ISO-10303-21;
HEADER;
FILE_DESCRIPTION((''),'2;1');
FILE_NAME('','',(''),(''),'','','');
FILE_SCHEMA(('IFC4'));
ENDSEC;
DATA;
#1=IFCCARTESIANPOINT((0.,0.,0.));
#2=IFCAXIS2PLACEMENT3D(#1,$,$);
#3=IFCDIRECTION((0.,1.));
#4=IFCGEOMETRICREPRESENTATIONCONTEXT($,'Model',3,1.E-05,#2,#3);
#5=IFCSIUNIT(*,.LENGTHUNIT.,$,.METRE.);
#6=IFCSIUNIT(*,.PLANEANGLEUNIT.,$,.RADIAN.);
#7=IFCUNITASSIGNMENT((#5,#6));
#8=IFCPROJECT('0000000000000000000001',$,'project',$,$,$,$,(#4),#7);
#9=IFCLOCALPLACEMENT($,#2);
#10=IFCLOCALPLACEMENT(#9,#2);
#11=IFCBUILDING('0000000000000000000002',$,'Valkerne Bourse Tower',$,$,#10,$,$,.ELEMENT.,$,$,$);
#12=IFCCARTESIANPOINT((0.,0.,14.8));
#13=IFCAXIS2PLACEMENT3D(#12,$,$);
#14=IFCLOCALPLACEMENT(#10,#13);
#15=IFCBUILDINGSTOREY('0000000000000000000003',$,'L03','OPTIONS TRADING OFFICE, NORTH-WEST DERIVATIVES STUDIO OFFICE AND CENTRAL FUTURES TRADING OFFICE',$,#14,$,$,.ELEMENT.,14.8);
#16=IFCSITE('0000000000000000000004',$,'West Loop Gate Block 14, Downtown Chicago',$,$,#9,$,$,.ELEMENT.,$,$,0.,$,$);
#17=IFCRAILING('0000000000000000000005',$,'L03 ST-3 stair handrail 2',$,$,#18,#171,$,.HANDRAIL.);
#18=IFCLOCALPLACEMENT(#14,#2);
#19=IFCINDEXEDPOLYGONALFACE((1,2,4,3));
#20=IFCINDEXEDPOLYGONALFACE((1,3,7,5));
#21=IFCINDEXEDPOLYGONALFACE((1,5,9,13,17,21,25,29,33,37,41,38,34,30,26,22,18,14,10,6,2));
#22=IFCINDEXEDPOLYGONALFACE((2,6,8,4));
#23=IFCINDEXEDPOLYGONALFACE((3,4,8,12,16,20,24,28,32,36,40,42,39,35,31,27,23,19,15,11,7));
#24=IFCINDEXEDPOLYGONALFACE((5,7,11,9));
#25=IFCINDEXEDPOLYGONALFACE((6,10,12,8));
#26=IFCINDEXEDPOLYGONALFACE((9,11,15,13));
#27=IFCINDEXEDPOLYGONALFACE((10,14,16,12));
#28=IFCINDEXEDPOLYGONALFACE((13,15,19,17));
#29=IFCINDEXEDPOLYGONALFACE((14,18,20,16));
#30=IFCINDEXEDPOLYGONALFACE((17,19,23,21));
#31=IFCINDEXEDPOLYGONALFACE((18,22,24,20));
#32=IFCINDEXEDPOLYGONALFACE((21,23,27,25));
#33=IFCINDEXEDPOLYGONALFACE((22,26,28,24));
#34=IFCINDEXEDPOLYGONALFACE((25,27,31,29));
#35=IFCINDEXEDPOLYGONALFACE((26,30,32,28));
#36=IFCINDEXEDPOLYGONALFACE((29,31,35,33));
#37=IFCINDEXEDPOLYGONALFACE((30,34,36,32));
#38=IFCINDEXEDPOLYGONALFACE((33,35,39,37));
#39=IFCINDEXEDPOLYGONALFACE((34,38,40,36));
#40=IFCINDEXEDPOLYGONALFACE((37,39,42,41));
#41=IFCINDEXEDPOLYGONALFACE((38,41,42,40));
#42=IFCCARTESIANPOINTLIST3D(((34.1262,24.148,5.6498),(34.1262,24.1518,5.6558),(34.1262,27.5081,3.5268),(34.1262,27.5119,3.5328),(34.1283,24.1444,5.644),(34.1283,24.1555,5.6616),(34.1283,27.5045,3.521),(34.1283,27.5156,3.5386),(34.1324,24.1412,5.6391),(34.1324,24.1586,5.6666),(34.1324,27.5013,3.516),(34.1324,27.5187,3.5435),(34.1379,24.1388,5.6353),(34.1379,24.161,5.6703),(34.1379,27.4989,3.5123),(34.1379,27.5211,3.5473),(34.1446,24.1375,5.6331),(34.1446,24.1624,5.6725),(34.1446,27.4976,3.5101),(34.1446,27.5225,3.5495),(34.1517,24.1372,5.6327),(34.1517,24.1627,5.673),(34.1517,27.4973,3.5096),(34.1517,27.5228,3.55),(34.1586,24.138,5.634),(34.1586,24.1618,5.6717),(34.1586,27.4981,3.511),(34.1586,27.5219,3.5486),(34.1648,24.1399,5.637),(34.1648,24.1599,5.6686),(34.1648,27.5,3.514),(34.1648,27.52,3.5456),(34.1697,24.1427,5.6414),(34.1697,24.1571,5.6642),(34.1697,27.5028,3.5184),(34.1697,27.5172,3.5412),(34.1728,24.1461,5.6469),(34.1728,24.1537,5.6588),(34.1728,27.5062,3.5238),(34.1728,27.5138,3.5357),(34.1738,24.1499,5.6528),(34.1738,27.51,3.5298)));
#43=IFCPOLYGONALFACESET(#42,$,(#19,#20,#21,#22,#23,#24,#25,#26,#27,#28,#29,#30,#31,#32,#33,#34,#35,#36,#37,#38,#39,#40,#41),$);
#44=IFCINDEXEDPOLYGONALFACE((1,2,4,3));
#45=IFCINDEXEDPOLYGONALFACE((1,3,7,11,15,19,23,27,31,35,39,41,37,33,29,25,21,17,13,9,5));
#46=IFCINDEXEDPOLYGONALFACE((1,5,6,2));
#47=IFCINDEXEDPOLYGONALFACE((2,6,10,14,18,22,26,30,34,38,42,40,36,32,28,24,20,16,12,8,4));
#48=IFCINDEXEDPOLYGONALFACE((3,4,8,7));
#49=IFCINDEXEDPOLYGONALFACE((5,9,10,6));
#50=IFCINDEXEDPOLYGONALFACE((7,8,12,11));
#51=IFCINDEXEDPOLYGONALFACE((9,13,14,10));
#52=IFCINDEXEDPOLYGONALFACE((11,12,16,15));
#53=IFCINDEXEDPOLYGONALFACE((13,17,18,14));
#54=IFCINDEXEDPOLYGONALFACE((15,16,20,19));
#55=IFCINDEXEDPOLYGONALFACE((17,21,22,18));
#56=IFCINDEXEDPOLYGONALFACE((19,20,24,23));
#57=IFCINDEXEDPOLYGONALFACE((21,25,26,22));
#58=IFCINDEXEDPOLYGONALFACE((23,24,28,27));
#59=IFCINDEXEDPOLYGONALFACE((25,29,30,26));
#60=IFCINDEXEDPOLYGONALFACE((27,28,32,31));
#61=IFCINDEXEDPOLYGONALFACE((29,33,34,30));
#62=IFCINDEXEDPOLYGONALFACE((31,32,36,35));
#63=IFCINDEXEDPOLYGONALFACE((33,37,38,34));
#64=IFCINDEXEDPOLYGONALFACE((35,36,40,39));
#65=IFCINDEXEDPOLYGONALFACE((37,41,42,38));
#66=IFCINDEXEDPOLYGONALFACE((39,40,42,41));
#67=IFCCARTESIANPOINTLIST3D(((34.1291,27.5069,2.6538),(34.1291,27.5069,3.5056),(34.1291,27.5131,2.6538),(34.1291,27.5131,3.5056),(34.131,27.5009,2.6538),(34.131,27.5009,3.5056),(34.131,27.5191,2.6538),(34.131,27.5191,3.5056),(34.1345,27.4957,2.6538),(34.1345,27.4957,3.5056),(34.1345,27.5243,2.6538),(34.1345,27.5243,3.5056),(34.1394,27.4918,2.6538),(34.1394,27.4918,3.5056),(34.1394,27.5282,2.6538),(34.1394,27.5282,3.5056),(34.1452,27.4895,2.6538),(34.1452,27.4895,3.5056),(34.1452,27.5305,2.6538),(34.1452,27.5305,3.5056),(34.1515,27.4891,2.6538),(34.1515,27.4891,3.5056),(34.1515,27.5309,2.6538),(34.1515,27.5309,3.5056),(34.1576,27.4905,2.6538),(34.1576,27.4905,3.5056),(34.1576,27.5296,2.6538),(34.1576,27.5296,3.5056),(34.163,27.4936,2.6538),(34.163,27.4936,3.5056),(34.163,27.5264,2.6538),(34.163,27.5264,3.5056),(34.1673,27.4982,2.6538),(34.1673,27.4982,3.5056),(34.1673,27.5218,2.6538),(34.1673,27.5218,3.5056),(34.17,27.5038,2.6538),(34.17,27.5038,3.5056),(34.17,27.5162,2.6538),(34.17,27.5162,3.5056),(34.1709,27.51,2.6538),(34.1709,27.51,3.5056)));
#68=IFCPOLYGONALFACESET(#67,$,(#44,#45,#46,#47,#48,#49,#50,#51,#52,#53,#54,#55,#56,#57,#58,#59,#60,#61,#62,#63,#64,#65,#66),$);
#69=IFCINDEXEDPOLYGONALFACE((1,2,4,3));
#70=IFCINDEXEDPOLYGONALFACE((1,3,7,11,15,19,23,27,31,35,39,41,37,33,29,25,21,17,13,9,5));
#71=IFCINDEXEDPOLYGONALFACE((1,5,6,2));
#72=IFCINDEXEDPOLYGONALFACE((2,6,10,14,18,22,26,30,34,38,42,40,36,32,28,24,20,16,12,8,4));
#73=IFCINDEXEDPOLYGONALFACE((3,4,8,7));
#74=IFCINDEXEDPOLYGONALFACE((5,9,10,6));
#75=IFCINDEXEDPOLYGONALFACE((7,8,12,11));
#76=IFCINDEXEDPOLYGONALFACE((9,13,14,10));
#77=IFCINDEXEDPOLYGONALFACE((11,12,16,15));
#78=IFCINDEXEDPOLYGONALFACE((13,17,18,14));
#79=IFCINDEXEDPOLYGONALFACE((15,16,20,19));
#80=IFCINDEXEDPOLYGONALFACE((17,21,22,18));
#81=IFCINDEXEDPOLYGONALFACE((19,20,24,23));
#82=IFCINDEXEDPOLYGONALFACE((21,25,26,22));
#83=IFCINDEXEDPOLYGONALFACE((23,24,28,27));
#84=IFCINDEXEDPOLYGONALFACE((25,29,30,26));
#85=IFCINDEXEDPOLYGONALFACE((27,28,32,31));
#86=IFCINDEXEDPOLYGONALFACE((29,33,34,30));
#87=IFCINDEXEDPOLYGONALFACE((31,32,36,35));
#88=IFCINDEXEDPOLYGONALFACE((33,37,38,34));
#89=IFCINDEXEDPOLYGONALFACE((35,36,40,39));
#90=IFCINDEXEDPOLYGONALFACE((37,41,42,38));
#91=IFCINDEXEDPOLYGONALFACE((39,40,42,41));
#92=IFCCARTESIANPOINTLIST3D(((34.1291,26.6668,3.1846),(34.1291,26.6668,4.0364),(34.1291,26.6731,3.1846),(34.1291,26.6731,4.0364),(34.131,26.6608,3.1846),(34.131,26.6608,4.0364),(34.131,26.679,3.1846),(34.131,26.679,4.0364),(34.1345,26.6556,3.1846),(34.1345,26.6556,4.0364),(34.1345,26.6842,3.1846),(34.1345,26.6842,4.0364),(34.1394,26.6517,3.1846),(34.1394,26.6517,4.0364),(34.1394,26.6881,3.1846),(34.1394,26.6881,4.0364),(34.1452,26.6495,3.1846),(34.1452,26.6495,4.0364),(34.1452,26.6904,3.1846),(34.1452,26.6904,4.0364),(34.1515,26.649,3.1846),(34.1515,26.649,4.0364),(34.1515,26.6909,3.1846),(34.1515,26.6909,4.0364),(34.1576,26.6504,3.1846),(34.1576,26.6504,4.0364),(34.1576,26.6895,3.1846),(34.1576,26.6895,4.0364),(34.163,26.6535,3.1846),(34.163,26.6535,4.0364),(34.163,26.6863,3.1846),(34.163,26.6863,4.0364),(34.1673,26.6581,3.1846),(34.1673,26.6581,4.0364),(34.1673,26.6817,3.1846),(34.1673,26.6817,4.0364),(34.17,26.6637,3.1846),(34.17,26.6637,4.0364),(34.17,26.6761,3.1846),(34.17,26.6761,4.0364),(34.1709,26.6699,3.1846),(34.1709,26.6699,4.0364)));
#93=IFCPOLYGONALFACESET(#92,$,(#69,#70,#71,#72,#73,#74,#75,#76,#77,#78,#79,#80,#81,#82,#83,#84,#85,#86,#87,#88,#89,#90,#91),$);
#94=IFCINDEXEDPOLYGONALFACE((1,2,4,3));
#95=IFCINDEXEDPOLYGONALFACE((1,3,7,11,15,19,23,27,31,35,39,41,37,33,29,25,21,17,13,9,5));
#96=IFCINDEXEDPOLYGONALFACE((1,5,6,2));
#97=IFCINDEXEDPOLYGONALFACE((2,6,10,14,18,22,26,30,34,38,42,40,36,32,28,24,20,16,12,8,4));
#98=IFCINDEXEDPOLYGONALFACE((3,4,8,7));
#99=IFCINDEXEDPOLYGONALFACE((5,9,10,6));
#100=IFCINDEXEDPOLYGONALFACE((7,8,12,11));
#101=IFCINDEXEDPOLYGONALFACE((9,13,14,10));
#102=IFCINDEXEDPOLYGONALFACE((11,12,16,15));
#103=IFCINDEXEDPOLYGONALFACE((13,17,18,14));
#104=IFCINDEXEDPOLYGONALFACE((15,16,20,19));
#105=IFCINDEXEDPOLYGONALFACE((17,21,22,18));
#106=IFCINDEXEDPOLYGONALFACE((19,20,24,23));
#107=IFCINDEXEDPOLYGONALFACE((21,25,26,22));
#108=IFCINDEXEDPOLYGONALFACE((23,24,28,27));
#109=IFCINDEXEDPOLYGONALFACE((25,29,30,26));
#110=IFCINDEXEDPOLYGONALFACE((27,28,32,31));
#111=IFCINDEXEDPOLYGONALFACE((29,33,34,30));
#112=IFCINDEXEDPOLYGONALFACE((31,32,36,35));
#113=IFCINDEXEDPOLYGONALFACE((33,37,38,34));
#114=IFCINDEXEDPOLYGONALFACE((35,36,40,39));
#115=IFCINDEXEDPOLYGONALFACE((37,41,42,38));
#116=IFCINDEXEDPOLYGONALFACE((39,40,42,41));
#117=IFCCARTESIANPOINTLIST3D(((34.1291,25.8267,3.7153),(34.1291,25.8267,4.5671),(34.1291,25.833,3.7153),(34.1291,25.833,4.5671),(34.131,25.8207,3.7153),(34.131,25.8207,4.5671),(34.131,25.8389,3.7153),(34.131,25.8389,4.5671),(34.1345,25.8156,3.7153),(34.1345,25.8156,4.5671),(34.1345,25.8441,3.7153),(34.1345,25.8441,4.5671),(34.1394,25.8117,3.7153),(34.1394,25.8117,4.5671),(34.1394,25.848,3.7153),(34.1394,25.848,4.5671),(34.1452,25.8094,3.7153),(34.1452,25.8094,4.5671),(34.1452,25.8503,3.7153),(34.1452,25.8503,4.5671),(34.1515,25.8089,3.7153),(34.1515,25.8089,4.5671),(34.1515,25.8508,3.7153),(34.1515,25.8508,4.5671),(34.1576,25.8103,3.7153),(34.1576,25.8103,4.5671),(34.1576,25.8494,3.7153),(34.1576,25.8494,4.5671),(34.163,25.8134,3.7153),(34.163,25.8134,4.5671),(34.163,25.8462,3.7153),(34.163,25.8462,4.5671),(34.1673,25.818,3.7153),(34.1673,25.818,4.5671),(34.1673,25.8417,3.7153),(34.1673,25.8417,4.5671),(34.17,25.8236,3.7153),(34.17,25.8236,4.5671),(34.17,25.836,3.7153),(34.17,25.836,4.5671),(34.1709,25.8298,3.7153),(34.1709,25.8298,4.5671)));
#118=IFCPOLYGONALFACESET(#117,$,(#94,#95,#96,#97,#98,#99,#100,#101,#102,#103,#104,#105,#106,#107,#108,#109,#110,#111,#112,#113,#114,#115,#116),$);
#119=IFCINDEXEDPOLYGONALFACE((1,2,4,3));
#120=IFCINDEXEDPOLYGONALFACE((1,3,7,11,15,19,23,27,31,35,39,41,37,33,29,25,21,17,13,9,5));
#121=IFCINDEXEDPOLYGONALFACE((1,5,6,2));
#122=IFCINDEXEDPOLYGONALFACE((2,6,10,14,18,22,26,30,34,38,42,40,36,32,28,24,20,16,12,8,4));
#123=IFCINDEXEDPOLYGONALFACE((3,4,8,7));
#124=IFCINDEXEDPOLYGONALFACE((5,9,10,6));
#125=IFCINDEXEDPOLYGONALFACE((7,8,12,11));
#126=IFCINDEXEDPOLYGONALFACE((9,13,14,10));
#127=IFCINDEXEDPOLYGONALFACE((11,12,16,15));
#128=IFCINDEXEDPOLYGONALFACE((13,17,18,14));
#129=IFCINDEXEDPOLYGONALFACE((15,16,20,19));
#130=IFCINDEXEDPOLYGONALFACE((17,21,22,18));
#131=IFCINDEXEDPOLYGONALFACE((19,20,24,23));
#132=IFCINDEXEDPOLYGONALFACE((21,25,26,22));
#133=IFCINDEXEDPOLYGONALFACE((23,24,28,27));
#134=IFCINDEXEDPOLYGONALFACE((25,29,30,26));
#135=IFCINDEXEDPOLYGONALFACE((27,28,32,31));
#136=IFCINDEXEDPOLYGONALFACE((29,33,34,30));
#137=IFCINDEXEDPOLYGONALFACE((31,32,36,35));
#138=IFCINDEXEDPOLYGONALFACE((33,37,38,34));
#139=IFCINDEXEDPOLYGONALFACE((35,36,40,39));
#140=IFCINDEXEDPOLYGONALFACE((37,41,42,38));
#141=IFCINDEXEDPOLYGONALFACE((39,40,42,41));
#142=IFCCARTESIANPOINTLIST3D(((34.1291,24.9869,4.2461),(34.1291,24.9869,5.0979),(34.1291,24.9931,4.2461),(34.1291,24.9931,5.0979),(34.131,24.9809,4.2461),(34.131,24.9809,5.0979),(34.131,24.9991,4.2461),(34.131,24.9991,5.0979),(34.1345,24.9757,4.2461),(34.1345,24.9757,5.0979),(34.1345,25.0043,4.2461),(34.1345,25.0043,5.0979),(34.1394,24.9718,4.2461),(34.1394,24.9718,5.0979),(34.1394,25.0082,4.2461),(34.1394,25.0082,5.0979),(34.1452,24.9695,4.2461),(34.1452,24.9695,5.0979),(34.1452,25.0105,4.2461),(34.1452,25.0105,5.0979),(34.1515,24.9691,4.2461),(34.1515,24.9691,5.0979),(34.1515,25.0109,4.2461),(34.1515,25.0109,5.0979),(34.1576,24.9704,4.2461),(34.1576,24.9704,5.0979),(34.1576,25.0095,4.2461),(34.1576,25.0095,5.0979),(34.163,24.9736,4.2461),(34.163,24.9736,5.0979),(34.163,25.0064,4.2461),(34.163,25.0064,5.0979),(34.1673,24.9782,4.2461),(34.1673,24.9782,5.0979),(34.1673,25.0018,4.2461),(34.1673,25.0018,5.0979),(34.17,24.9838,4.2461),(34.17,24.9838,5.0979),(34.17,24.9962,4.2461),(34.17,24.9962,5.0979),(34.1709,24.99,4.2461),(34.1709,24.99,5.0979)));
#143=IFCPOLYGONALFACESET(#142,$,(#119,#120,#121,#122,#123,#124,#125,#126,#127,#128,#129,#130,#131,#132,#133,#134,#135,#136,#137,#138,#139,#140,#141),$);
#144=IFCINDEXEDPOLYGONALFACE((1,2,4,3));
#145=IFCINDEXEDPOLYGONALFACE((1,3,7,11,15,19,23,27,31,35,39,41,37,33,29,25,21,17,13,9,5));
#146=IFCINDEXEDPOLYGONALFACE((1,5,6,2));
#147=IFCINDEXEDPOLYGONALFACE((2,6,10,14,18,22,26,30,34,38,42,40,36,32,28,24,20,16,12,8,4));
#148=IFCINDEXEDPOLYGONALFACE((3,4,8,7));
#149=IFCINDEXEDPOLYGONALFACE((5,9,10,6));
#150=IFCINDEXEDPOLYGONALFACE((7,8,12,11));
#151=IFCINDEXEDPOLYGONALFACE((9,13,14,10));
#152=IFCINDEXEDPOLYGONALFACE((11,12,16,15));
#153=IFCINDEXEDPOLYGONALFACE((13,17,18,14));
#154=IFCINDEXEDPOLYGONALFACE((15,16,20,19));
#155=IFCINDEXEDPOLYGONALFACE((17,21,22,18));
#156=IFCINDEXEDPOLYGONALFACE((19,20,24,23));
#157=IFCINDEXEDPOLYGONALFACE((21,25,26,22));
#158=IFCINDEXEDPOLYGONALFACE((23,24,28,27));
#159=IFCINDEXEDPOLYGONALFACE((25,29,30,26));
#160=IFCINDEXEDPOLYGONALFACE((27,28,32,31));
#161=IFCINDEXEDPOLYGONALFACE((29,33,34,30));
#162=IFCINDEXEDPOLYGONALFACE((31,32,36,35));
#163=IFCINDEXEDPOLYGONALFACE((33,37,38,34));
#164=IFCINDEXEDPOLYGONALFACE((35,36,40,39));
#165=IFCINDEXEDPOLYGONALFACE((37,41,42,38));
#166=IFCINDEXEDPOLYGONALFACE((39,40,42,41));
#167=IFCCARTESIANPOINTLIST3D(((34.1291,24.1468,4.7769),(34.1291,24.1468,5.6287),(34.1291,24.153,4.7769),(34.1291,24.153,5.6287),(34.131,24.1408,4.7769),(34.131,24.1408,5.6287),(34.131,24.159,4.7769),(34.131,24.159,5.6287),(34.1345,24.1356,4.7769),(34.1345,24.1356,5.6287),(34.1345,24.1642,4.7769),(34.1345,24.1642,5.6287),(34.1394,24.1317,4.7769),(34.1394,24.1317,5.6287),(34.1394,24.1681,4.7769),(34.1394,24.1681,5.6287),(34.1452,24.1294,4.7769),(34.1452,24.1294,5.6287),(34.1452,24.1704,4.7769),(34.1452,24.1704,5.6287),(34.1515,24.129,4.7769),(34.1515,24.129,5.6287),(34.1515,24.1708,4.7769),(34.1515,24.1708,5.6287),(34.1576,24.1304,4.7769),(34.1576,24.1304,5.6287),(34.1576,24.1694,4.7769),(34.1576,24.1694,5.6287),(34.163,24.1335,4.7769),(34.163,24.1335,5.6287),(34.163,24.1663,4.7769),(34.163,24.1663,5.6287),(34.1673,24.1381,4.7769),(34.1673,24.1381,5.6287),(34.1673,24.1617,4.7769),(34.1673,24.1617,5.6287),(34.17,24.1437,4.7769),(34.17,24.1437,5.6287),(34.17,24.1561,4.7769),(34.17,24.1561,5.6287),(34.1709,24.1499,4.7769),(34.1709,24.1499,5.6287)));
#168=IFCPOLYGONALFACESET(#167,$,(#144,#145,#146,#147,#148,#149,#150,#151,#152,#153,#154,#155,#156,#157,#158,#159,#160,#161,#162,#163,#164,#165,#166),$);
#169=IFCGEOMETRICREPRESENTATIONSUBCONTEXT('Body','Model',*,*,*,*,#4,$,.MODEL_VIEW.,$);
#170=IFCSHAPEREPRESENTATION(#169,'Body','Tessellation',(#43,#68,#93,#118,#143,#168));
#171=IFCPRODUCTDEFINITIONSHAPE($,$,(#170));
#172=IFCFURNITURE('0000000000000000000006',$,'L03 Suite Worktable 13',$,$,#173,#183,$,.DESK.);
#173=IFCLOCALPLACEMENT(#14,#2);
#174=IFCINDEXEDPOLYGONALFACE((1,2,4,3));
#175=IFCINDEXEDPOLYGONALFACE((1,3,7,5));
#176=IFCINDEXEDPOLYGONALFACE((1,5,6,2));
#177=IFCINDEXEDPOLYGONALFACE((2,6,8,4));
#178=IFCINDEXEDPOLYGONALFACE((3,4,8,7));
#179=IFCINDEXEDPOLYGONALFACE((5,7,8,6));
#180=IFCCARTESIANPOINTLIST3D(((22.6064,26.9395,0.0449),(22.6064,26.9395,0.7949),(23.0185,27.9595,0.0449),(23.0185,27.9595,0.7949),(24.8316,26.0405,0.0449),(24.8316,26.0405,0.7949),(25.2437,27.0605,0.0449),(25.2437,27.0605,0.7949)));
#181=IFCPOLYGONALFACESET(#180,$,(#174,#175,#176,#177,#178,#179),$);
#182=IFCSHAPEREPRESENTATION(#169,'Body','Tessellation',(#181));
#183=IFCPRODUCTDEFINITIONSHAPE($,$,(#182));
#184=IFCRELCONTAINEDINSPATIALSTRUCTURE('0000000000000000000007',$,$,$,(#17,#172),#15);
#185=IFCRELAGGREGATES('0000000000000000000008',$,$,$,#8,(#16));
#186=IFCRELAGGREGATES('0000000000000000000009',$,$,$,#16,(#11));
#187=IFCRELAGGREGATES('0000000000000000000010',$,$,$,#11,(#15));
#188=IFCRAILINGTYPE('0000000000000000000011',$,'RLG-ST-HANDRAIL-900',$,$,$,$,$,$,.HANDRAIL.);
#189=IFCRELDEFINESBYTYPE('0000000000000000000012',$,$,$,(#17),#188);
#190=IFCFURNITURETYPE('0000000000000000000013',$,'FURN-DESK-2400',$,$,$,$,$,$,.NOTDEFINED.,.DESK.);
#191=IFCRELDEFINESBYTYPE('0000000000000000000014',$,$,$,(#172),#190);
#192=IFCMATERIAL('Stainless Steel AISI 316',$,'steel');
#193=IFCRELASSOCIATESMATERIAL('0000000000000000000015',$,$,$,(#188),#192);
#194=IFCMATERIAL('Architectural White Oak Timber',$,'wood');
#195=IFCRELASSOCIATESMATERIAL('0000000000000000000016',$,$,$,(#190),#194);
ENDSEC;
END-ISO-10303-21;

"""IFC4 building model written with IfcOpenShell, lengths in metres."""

from ifc_helpers import new_model, si_unit, direction, frame, origin, origin_2d, place, context, subcontext, project, spatial, rectangle, circle, extrude, material, type_object, element, save


model = new_model("IFC4")

# Units and contexts
model_context = context("Model", 3, precision=1e-05, world=origin(), true_north=direction((0.0, 1.0)))
body_context = subcontext(model_context, "Body", "Model", "MODEL_VIEW")
ifc_project = project(units=[si_unit("LENGTHUNIT", "METRE"), si_unit("PLANEANGLEUNIT", "RADIAN")], contexts=[model_context])

# Site, building, storey
site_placement = place(None, origin())
site = spatial("IfcSite", under=ifc_project, at=site_placement, Name="West Loop Gate Block 14, Downtown Chicago", CompositionType="ELEMENT", RefElevation=0.0)
building_placement = place(site_placement, origin())
building = spatial("IfcBuilding", under=site, at=building_placement, Name="Valkerne Bourse Tower", CompositionType="ELEMENT")
storey_placement = place(building_placement, frame((0.0, 0.0, 14.8)))
storey = spatial("IfcBuildingStorey", under=building, at=storey_placement, Name="L03", Description="OPTIONS TRADING OFFICE, NORTH-WEST DERIVATIVES STUDIO OFFICE AND CENTRAL FUTURES TRADING OFFICE", CompositionType="ELEMENT", Elevation=14.8)

# Shared definitions
ifc_material_1 = material(Name="Architectural White Oak Timber", Category="wood")

# Railing
ifc_material_2 = material(Name="Stainless Steel AISI 316", Category="steel")
railing_type_1 = type_object("IfcRailingType", Name="RLG-ST-HANDRAIL-900", PredefinedType="HANDRAIL", material=ifc_material_2)
railing_1_placement = place(storey_placement, frame((34.1499, 27.51, 2.6538)))
element("IfcRailing", 1, at=railing_1_placement, inside=storey, type_object=railing_type_1, Name="L03 ST-3 stair handrail 2", PredefinedType="HANDRAIL", context=body_context, shape_type="SweptSolid", body=[
    extrude(circle(Radius=0.0239, at=origin_2d()), frame((0.0, 0.0, 0.876), z_axis=(0.0, -0.84539, 0.53415), x_axis=(1.0, 0.0, 0.0)), (0.0, 0.0, 1.0), 3.9746),
    extrude(circle(Radius=0.021, at=origin_2d()), origin(), (0.0, 0.0, 1.0), 0.8518),
    extrude(circle(Radius=0.021, at=origin_2d()), frame((0.0, -0.8401, 0.5308)), (0.0, 0.0, 1.0), 0.8518),
    extrude(circle(Radius=0.021, at=origin_2d()), frame((0.0, -1.6802, 1.0615)), (0.0, 0.0, 1.0), 0.8518),
    extrude(circle(Radius=0.021, at=origin_2d()), frame((0.0, -2.52, 1.5923)), (0.0, 0.0, 1.0), 0.8518),
    extrude(circle(Radius=0.021, at=origin_2d()), frame((0.0, -3.3601, 2.123)), (0.0, 0.0, 1.0), 0.8518),
])

# Furniture
furniture_type = type_object("IfcFurnitureType", Name="FURN-DESK-2400", AssemblyPlace="NOTDEFINED", PredefinedType="DESK", material=ifc_material_1)
furniture_placement = place(storey_placement, frame((23.925, 27.0, 0.0449), z_axis=(0.0, 0.0, 1.0), x_axis=(-0.927184, 0.374607, 0.0)))
element("IfcFurniture", 2, at=furniture_placement, inside=storey, type_object=furniture_type, Name="L03 Suite Worktable 13", PredefinedType="DESK", context=body_context, shape_type="SweptSolid", body=[
    extrude(rectangle(XDim=2.3999, YDim=1.1001, at=origin_2d()), origin(), (0.0, 0.0, 1.0), 0.75),
])

save(model, "model.ifc")
